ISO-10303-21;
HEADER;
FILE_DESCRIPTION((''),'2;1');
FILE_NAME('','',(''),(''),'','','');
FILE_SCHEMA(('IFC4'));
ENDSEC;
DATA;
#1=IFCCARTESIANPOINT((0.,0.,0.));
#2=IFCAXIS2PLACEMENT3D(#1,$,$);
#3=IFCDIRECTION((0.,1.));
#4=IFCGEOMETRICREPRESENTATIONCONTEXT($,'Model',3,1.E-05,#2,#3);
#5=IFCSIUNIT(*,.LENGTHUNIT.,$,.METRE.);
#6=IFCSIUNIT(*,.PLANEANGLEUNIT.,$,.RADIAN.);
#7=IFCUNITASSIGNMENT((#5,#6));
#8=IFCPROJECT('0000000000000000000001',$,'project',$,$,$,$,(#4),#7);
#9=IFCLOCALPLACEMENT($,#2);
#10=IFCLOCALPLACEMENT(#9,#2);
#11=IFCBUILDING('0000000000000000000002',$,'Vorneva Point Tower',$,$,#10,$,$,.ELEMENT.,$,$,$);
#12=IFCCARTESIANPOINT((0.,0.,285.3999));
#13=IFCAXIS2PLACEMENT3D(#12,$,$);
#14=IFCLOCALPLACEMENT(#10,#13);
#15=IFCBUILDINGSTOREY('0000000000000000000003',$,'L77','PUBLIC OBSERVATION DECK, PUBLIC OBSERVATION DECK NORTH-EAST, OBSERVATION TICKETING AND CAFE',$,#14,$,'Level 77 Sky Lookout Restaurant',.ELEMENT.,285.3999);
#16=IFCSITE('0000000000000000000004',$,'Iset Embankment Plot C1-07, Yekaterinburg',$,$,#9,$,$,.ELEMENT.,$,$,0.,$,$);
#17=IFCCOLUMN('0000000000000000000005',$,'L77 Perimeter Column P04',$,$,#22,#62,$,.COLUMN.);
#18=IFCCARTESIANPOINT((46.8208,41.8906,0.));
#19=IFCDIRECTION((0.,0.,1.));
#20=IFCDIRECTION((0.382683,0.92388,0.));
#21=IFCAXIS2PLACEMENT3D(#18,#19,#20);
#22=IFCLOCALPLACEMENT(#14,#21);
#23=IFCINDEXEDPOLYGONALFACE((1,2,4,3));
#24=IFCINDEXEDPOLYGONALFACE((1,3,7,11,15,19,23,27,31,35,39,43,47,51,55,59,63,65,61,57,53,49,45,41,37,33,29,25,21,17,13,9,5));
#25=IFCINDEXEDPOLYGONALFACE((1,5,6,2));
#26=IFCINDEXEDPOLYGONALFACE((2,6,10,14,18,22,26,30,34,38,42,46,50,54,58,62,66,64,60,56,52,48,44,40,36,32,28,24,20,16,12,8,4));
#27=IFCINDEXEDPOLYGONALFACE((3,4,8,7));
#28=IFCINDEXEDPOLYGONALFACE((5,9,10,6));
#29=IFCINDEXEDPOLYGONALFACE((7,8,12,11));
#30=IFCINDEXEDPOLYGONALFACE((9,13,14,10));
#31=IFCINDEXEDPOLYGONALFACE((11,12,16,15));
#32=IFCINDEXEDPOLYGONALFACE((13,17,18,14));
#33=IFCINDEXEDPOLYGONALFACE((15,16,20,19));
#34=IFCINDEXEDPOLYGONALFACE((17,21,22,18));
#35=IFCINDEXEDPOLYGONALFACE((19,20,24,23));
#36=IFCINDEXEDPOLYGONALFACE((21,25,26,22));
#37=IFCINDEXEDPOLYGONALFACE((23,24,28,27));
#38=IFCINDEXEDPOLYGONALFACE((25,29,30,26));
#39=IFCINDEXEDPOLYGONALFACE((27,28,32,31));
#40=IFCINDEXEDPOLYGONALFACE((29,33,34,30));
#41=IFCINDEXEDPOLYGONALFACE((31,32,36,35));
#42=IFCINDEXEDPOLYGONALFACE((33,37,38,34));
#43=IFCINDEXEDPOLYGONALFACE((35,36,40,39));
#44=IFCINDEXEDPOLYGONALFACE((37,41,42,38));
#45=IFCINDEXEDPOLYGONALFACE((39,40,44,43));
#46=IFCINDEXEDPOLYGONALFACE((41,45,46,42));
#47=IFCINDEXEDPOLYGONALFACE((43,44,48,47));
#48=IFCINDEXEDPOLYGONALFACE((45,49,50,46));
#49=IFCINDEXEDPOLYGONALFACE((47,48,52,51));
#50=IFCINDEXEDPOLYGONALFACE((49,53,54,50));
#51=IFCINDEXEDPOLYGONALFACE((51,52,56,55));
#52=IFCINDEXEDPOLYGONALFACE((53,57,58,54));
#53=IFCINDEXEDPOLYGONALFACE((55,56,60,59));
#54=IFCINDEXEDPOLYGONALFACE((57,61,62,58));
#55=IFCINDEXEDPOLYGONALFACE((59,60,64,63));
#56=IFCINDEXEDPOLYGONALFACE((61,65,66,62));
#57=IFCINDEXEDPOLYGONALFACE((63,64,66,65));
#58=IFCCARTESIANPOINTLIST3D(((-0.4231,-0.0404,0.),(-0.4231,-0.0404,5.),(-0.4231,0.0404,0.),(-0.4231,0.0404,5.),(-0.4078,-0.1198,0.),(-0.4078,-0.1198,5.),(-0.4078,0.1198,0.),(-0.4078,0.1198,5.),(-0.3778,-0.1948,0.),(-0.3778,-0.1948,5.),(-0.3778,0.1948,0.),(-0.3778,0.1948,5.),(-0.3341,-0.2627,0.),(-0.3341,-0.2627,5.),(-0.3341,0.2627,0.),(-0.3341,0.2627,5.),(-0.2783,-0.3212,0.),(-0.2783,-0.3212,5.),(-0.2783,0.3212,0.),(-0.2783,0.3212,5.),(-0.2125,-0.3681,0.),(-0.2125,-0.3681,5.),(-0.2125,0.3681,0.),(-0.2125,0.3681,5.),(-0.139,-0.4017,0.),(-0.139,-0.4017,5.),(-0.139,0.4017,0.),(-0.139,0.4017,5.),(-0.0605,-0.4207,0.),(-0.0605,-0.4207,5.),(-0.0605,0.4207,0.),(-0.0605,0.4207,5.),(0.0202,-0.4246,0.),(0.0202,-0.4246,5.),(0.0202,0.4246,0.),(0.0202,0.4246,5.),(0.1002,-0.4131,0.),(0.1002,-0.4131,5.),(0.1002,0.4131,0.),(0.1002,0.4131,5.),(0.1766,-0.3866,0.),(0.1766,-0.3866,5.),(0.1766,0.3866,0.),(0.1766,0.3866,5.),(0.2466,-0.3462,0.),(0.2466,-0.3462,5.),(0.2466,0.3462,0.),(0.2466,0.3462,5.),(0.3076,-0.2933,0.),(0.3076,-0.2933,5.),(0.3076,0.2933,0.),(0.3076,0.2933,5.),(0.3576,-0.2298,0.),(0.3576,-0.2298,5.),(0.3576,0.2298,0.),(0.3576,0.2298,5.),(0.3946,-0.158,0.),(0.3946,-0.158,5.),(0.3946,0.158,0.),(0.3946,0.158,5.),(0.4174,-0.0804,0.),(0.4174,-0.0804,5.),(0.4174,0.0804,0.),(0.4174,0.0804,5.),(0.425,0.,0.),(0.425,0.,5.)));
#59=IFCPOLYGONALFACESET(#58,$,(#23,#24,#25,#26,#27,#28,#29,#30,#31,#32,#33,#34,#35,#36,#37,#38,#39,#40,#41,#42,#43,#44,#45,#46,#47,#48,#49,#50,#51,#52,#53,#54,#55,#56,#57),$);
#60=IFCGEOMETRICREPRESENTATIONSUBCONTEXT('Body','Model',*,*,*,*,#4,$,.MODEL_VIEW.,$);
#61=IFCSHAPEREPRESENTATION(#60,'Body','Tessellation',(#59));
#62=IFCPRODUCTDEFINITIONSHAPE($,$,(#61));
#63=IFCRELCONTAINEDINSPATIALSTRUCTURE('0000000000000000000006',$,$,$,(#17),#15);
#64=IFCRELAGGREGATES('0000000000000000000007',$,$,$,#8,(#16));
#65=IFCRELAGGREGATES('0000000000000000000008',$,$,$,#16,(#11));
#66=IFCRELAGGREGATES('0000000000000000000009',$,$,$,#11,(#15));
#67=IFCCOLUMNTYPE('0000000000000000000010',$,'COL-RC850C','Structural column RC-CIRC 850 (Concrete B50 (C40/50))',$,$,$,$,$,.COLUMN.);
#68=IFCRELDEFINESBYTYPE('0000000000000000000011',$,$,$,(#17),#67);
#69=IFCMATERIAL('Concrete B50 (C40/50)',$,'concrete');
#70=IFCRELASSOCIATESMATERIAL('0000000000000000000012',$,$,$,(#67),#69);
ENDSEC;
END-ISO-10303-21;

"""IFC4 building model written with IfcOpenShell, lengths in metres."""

from ifc_helpers import new_model, si_unit, direction, frame, origin, origin_2d, place, context, subcontext, project, spatial, circle, extrude, material, material_profile, profile_set, type_object, element, save


model = new_model("IFC4")

# Units and contexts
model_context = context("Model", 3, precision=1e-05, world=origin(), true_north=direction((0.0, 1.0)))
body_context = subcontext(model_context, "Body", "Model", "MODEL_VIEW")
ifc_project = project(units=[si_unit("LENGTHUNIT", "METRE"), si_unit("PLANEANGLEUNIT", "RADIAN")], contexts=[model_context])

# Site, building, storey
site_placement = place(None, origin())
site = spatial("IfcSite", under=ifc_project, at=site_placement, Name="Iset Embankment Plot C1-07, Yekaterinburg", CompositionType="ELEMENT", RefElevation=0.0)
building_placement = place(site_placement, origin())
building = spatial("IfcBuilding", under=site, at=building_placement, Name="Vorneva Point Tower", CompositionType="ELEMENT")
storey_placement = place(building_placement, frame((0.0, 0.0, 285.3999)))
storey = spatial("IfcBuildingStorey", under=building, at=storey_placement, Name="L77", Description="PUBLIC OBSERVATION DECK, PUBLIC OBSERVATION DECK NORTH-EAST, OBSERVATION TICKETING AND CAFE", LongName="Level 77 Sky Lookout Restaurant", CompositionType="ELEMENT", Elevation=285.3999)

# Column
ifc_material_1 = material(Name="Concrete B50 (C40/50)", Category="concrete")
ifc_material_profile_1 = material_profile(ifc_material_1, circle(Radius=0.425, at=origin_2d()), Name="RC-CIRC 850")
ifc_profile_set_1 = profile_set([ifc_material_profile_1], Name="Concrete B50 (C40/50)")
column_type = type_object("IfcColumnType", Name="COL-RC850C", Description="Structural column RC-CIRC 850 (Concrete B50 (C40/50))", PredefinedType="COLUMN", material=ifc_profile_set_1)
column_placement = place(storey_placement, frame((46.8208, 41.8906, 0.0), z_axis=(0.0, 0.0, 1.0), x_axis=(0.382683, 0.92388, 0.0)))
element("IfcColumn", 1, at=column_placement, inside=storey, type_object=column_type, Name="L77 Perimeter Column P04", PredefinedType="COLUMN", context=body_context, shape_type="SweptSolid", body=[
    extrude(circle(Radius=0.425, at=origin_2d()), origin(), (0.0, 0.0, 1.0), 5.0),
])

save(model, "model.ifc")
